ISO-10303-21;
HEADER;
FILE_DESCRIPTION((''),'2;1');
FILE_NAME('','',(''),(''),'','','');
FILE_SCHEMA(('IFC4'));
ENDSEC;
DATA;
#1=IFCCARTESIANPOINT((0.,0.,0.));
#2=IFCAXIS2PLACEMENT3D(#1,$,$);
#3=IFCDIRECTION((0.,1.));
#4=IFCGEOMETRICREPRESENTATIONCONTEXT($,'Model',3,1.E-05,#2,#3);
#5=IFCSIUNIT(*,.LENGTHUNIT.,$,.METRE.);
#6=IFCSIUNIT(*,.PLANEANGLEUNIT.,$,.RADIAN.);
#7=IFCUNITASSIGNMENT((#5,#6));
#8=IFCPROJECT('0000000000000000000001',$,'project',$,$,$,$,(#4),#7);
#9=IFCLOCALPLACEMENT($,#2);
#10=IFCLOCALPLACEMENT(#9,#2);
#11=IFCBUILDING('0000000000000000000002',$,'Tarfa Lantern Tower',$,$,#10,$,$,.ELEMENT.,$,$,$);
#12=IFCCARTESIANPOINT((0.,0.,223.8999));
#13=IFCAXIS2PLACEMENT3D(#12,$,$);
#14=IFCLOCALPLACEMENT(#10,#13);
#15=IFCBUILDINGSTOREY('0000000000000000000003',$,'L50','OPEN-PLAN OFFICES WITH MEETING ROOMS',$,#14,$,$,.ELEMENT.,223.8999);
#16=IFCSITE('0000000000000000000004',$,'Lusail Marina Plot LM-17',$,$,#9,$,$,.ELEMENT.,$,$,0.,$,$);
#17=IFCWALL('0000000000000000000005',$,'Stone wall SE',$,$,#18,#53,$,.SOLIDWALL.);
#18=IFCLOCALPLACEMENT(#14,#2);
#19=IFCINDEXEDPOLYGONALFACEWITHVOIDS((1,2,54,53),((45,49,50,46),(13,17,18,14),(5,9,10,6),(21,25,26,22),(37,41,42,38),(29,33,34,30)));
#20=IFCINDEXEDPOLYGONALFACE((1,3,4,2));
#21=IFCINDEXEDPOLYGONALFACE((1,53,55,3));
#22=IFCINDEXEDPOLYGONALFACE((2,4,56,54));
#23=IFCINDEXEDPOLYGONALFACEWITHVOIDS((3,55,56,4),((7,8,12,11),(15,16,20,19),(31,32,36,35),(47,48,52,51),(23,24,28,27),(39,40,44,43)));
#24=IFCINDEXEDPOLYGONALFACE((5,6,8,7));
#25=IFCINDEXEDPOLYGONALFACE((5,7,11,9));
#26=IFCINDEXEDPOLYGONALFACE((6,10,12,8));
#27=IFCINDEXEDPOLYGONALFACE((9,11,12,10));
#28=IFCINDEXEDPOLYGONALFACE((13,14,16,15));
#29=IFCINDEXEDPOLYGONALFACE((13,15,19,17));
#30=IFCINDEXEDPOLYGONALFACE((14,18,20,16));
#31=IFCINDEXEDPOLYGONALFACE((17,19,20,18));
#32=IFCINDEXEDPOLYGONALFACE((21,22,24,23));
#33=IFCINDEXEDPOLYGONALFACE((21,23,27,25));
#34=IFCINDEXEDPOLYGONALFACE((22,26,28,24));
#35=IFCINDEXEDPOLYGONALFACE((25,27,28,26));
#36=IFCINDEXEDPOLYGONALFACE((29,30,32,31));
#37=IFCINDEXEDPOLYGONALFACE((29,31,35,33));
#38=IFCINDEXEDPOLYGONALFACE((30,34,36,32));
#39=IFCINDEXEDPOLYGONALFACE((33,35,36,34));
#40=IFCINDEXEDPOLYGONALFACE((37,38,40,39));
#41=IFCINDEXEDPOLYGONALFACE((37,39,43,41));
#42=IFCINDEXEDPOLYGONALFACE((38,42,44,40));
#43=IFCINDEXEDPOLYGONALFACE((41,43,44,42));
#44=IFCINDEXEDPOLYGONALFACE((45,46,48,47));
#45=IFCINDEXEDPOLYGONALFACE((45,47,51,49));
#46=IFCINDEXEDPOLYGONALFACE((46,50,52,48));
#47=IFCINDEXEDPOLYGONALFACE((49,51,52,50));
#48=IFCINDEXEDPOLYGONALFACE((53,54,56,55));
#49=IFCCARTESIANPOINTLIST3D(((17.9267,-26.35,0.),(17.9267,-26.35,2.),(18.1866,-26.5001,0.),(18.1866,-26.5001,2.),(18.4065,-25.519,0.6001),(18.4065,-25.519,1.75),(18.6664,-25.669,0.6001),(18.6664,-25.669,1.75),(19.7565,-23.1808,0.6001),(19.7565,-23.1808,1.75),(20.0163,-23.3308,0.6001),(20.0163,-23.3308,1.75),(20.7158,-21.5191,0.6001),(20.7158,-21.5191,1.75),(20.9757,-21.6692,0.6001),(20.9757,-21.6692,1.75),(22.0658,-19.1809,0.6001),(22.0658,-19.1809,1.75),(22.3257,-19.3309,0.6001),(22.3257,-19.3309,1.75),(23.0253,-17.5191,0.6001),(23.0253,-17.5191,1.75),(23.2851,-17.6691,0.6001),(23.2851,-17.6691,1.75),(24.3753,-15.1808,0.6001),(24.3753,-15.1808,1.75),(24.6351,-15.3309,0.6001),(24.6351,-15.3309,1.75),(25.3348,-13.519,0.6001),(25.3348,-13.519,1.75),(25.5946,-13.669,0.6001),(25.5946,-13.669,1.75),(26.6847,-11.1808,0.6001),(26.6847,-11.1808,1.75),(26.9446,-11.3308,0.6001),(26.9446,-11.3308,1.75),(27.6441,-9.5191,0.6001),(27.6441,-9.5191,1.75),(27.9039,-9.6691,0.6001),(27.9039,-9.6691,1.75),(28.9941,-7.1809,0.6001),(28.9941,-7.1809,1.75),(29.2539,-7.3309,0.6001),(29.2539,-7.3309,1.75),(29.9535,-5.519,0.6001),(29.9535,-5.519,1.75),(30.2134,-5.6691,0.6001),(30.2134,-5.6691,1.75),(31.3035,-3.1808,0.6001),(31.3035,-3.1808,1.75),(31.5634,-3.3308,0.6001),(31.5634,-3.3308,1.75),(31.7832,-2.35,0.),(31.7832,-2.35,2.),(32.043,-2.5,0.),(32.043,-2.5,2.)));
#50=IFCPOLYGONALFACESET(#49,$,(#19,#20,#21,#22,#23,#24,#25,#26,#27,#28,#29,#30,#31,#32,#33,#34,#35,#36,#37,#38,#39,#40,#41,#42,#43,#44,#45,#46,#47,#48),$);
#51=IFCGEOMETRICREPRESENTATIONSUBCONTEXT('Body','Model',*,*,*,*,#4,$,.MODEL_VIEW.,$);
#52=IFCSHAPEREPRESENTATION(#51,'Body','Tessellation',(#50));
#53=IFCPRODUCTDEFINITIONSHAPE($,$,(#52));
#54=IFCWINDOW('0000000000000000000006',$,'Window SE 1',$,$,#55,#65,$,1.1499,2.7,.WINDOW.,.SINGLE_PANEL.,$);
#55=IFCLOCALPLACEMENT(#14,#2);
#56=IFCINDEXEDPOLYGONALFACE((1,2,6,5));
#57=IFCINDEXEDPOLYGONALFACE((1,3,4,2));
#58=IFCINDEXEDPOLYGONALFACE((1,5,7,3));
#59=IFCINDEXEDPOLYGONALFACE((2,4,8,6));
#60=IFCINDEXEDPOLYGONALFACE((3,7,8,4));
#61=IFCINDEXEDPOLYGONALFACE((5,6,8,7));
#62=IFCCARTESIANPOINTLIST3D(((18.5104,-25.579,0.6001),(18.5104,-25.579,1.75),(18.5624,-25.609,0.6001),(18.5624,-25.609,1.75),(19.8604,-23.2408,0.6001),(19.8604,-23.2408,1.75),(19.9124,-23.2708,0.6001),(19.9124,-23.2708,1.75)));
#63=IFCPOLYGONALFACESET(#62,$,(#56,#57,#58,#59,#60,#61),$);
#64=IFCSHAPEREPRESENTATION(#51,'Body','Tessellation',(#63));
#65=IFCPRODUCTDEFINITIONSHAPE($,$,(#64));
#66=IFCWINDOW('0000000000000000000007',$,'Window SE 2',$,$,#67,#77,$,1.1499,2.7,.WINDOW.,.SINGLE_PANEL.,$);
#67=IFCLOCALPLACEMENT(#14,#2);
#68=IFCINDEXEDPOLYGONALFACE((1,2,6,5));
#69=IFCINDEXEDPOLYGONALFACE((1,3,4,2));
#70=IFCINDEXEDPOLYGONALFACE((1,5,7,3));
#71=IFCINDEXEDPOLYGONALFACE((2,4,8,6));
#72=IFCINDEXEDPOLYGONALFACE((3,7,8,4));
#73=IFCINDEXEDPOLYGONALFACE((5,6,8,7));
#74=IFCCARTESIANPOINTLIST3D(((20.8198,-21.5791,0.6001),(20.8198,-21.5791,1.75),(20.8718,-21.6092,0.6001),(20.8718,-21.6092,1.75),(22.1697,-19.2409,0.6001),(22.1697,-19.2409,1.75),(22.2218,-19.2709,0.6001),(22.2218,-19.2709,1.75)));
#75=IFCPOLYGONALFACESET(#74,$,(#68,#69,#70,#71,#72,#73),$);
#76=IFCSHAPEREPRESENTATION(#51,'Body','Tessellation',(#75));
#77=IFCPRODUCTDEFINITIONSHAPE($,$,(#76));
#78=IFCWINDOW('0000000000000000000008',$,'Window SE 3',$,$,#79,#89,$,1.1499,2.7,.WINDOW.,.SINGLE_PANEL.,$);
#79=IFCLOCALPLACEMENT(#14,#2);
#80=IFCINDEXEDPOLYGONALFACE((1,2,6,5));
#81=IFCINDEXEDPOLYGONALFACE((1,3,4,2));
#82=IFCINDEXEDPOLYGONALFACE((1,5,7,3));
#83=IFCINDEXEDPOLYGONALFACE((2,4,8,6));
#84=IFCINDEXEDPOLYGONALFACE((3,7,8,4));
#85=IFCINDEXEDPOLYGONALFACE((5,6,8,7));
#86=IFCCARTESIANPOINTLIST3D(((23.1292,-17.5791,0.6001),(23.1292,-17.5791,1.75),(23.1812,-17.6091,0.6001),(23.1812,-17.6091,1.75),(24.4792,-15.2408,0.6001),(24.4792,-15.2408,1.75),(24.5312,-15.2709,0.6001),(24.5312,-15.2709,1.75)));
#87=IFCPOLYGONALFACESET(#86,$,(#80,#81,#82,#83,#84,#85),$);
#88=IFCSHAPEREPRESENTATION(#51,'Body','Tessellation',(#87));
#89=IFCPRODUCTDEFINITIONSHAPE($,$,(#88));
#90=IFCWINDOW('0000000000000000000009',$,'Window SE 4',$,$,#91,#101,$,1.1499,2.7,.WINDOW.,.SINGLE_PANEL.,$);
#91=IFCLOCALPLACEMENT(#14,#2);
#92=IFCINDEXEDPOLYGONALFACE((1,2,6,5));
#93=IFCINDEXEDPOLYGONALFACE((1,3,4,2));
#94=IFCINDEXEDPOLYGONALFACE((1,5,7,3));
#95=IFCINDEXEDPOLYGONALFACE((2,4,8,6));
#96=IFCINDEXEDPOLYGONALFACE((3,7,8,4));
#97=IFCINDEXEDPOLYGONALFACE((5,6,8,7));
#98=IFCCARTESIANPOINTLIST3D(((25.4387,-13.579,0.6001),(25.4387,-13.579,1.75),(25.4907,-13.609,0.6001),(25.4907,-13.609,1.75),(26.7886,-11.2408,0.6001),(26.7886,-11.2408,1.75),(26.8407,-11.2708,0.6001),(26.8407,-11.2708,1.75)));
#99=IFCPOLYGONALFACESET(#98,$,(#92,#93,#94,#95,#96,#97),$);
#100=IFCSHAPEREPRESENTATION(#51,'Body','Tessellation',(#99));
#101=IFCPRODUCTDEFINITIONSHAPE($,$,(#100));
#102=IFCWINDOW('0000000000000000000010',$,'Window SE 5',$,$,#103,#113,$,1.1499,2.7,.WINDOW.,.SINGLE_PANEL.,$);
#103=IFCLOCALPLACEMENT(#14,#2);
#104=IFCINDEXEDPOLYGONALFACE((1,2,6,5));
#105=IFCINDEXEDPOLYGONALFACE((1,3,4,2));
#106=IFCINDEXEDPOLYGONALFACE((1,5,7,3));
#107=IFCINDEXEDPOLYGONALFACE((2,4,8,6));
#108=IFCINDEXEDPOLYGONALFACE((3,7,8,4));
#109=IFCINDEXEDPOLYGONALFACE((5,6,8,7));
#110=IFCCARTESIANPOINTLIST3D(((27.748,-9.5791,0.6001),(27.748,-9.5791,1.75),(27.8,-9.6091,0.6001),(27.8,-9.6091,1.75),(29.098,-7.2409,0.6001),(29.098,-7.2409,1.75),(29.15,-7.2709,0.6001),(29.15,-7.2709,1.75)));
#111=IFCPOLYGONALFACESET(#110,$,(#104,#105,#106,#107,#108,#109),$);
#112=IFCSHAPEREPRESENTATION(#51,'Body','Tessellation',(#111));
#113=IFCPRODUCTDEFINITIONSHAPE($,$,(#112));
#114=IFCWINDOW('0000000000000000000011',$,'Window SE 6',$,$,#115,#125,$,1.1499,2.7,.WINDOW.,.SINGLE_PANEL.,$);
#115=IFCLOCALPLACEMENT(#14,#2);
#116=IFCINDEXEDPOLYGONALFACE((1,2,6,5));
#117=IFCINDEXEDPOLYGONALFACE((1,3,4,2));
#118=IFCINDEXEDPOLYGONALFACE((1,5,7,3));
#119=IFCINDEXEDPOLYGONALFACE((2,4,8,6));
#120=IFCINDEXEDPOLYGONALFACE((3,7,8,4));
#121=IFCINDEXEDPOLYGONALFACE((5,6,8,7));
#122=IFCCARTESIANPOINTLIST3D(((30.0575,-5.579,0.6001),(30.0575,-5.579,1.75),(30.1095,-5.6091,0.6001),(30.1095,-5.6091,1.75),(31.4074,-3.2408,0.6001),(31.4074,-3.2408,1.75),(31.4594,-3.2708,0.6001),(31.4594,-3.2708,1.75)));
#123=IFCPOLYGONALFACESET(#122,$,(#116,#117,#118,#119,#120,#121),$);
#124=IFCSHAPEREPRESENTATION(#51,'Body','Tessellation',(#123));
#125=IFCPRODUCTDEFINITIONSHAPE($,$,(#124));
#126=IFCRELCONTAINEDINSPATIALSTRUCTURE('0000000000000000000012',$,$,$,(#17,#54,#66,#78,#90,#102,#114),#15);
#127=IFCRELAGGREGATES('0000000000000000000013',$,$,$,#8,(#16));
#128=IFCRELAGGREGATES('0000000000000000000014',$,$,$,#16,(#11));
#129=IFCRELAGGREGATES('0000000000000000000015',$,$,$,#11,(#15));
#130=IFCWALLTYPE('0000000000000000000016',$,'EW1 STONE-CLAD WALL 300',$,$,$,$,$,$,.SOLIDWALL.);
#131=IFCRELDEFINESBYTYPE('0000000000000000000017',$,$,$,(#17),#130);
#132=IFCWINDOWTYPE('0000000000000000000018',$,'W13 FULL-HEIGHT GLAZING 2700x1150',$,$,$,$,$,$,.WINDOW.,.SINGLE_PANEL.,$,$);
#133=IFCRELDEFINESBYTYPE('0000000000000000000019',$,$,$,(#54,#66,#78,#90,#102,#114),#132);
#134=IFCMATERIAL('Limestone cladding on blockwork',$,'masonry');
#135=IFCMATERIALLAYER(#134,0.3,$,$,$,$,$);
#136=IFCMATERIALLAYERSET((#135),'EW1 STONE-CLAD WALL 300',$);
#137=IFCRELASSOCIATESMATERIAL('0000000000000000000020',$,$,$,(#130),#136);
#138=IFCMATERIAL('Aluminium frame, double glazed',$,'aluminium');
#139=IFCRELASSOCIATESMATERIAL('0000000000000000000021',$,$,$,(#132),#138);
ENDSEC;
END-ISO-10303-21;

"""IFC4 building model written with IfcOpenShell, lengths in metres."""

from ifc_helpers import new_model, si_unit, direction, frame, frame_2d, origin, place, context, subcontext, project, spatial, rectangle, extrude, material, layer, layer_set, type_object, element, fill, save


model = new_model("IFC4")

# Units and contexts
model_context = context("Model", 3, precision=1e-05, world=origin(), true_north=direction((0.0, 1.0)))
body_context = subcontext(model_context, "Body", "Model", "MODEL_VIEW")
ifc_project = project(units=[si_unit("LENGTHUNIT", "METRE"), si_unit("PLANEANGLEUNIT", "RADIAN")], contexts=[model_context])

# Site, building, storey
site_placement = place(None, origin())
site = spatial("IfcSite", under=ifc_project, at=site_placement, Name="Lusail Marina Plot LM-17", CompositionType="ELEMENT", RefElevation=0.0)
building_placement = place(site_placement, origin())
building = spatial("IfcBuilding", under=site, at=building_placement, Name="Tarfa Lantern Tower", CompositionType="ELEMENT")
storey_placement = place(building_placement, frame((0.0, 0.0, 223.8999)))
storey = spatial("IfcBuildingStorey", under=building, at=storey_placement, Name="L50", Description="OPEN-PLAN OFFICES WITH MEETING ROOMS", CompositionType="ELEMENT", Elevation=223.8999)

# Wall, openings, windows
ifc_material_1 = material(Name="Limestone cladding on blockwork", Category="masonry")
ifc_layer_1 = layer(ifc_material_1, 0.3)
ifc_layer_set_1 = layer_set([ifc_layer_1], Name="EW1 STONE-CLAD WALL 300")
wall_type = type_object("IfcWallType", Name="EW1 STONE-CLAD WALL 300", PredefinedType="SOLIDWALL", material=ifc_layer_set_1)
wall_placement = place(storey_placement, frame((18.0566, -26.425, 0.0), z_axis=(0.0, 0.0, 1.0), x_axis=(0.500001, 0.866025, 0.0)))
wall = element("IfcWall", 1, at=wall_placement, inside=storey, type_object=wall_type, Name="Stone wall SE", PredefinedType="SOLIDWALL", context=body_context, shape_type="SweptSolid", body=[
    extrude(rectangle(XDim=27.7129, YDim=0.3, at=frame_2d((13.8564, 0.0))), origin(), (0.0, 0.0, 1.0), 2.0),
])
opening_1_placement = place(wall_placement, frame((0.9595, 0.0, 0.6001)))
opening_1 = element("IfcOpeningElement", 2, at=opening_1_placement, cuts=wall, PredefinedType="OPENING", context=body_context, shape_type="SweptSolid", body=[
    extrude(rectangle(XDim=2.7, YDim=1.1499, at=frame_2d((1.3501, 0.575))), frame((0.0, 0.1599, 0.0), z_axis=(0.0, -1.0, 0.0), x_axis=(1.0, 0.0, 0.0)), (0.0, 0.0, 1.0), 0.3201),
])
opening_2_placement = place(wall_placement, frame((5.5781, 0.0, 0.6001)))
opening_2 = element("IfcOpeningElement", 3, at=opening_2_placement, cuts=wall, PredefinedType="OPENING", context=body_context, shape_type="SweptSolid", body=[
    extrude(rectangle(XDim=2.7, YDim=1.1499, at=frame_2d((1.3501, 0.575))), frame((0.0, 0.1599, 0.0), z_axis=(0.0, -1.0, 0.0), x_axis=(1.0, 0.0, 0.0)), (0.0, 0.0, 1.0), 0.3201),
])
opening_3_placement = place(wall_placement, frame((10.197, 0.0, 0.6001)))
opening_3 = element("IfcOpeningElement", 4, at=opening_3_placement, cuts=wall, PredefinedType="OPENING", context=body_context, shape_type="SweptSolid", body=[
    extrude(rectangle(XDim=2.7, YDim=1.1499, at=frame_2d((1.3501, 0.575))), frame((0.0, 0.1599, 0.0), z_axis=(0.0, -1.0, 0.0), x_axis=(1.0, 0.0, 0.0)), (0.0, 0.0, 1.0), 0.3201),
])
opening_4_placement = place(wall_placement, frame((14.8159, 0.0, 0.6001)))
opening_4 = element("IfcOpeningElement", 5, at=opening_4_placement, cuts=wall, PredefinedType="OPENING", context=body_context, shape_type="SweptSolid", body=[
    extrude(rectangle(XDim=2.7, YDim=1.1499, at=frame_2d((1.3501, 0.575))), frame((0.0, 0.1599, 0.0), z_axis=(0.0, -1.0, 0.0), x_axis=(1.0, 0.0, 0.0)), (0.0, 0.0, 1.0), 0.3201),
])
opening_5_placement = place(wall_placement, frame((19.4346, 0.0, 0.6001)))
opening_5 = element("IfcOpeningElement", 6, at=opening_5_placement, cuts=wall, PredefinedType="OPENING", context=body_context, shape_type="SweptSolid", body=[
    extrude(rectangle(XDim=2.7, YDim=1.1499, at=frame_2d((1.3501, 0.575))), frame((0.0, 0.1599, 0.0), z_axis=(0.0, -1.0, 0.0), x_axis=(1.0, 0.0, 0.0)), (0.0, 0.0, 1.0), 0.3201),
])
opening_6_placement = place(wall_placement, frame((24.0535, 0.0, 0.6001)))
opening_6 = element("IfcOpeningElement", 7, at=opening_6_placement, cuts=wall, PredefinedType="OPENING", context=body_context, shape_type="SweptSolid", body=[
    extrude(rectangle(XDim=2.7, YDim=1.1499, at=frame_2d((1.3501, 0.575))), frame((0.0, 0.1599, 0.0), z_axis=(0.0, -1.0, 0.0), x_axis=(1.0, 0.0, 0.0)), (0.0, 0.0, 1.0), 0.3201),
])
ifc_material_2 = material(Name="Aluminium frame, double glazed", Category="aluminium")
window_type = type_object("IfcWindowType", Name="W13 FULL-HEIGHT GLAZING 2700x1150", PartitioningType="SINGLE_PANEL", PredefinedType="WINDOW", material=ifc_material_2)
window_1_placement = place(opening_1_placement, origin())
window_1 = element("IfcWindow", 8, at=window_1_placement, inside=storey, type_object=window_type, Name="Window SE 1", OverallHeight=1.1499, OverallWidth=2.7, PartitioningType="SINGLE_PANEL", PredefinedType="WINDOW", context=body_context, shape_type="SweptSolid", body=[
    extrude(rectangle(XDim=2.7, YDim=1.1499, at=frame_2d((1.3501, 0.575))), frame((0.0, 0.03, 0.0), z_axis=(0.0, -1.0, 0.0), x_axis=(1.0, 0.0, 0.0)), (0.0, 0.0, 1.0), 0.0601),
])
fill(opening_1, window_1)
window_2_placement = place(opening_2_placement, origin())
window_2 = element("IfcWindow", 9, at=window_2_placement, inside=storey, type_object=window_type, Name="Window SE 2", OverallHeight=1.1499, OverallWidth=2.7, PartitioningType="SINGLE_PANEL", PredefinedType="WINDOW", context=body_context, shape_type="SweptSolid", body=[
    extrude(rectangle(XDim=2.7, YDim=1.1499, at=frame_2d((1.3501, 0.575))), frame((0.0, 0.03, 0.0), z_axis=(0.0, -1.0, 0.0), x_axis=(1.0, 0.0, 0.0)), (0.0, 0.0, 1.0), 0.0601),
])
fill(opening_2, window_2)
window_3_placement = place(opening_3_placement, origin())
window_3 = element("IfcWindow", 10, at=window_3_placement, inside=storey, type_object=window_type, Name="Window SE 3", OverallHeight=1.1499, OverallWidth=2.7, PartitioningType="SINGLE_PANEL", PredefinedType="WINDOW", context=body_context, shape_type="SweptSolid", body=[
    extrude(rectangle(XDim=2.7, YDim=1.1499, at=frame_2d((1.3501, 0.575))), frame((0.0, 0.03, 0.0), z_axis=(0.0, -1.0, 0.0), x_axis=(1.0, 0.0, 0.0)), (0.0, 0.0, 1.0), 0.0601),
])
fill(opening_3, window_3)
window_4_placement = place(opening_4_placement, origin())
window_4 = element("IfcWindow", 11, at=window_4_placement, inside=storey, type_object=window_type, Name="Window SE 4", OverallHeight=1.1499, OverallWidth=2.7, PartitioningType="SINGLE_PANEL", PredefinedType="WINDOW", context=body_context, shape_type="SweptSolid", body=[
    extrude(rectangle(XDim=2.7, YDim=1.1499, at=frame_2d((1.3501, 0.575))), frame((0.0, 0.03, 0.0), z_axis=(0.0, -1.0, 0.0), x_axis=(1.0, 0.0, 0.0)), (0.0, 0.0, 1.0), 0.0601),
])
fill(opening_4, window_4)
window_5_placement = place(opening_5_placement, origin())
window_5 = element("IfcWindow", 12, at=window_5_placement, inside=storey, type_object=window_type, Name="Window SE 5", OverallHeight=1.1499, OverallWidth=2.7, PartitioningType="SINGLE_PANEL", PredefinedType="WINDOW", context=body_context, shape_type="SweptSolid", body=[
    extrude(rectangle(XDim=2.7, YDim=1.1499, at=frame_2d((1.3501, 0.575))), frame((0.0, 0.03, 0.0), z_axis=(0.0, -1.0, 0.0), x_axis=(1.0, 0.0, 0.0)), (0.0, 0.0, 1.0), 0.0601),
])
fill(opening_5, window_5)
window_6_placement = place(opening_6_placement, origin())
window_6 = element("IfcWindow", 13, at=window_6_placement, inside=storey, type_object=window_type, Name="Window SE 6", OverallHeight=1.1499, OverallWidth=2.7, PartitioningType="SINGLE_PANEL", PredefinedType="WINDOW", context=body_context, shape_type="SweptSolid", body=[
    extrude(rectangle(XDim=2.7, YDim=1.1499, at=frame_2d((1.3501, 0.575))), frame((0.0, 0.03, 0.0), z_axis=(0.0, -1.0, 0.0), x_axis=(1.0, 0.0, 0.0)), (0.0, 0.0, 1.0), 0.0601),
])
fill(opening_6, window_6)

save(model, "model.ifc")
